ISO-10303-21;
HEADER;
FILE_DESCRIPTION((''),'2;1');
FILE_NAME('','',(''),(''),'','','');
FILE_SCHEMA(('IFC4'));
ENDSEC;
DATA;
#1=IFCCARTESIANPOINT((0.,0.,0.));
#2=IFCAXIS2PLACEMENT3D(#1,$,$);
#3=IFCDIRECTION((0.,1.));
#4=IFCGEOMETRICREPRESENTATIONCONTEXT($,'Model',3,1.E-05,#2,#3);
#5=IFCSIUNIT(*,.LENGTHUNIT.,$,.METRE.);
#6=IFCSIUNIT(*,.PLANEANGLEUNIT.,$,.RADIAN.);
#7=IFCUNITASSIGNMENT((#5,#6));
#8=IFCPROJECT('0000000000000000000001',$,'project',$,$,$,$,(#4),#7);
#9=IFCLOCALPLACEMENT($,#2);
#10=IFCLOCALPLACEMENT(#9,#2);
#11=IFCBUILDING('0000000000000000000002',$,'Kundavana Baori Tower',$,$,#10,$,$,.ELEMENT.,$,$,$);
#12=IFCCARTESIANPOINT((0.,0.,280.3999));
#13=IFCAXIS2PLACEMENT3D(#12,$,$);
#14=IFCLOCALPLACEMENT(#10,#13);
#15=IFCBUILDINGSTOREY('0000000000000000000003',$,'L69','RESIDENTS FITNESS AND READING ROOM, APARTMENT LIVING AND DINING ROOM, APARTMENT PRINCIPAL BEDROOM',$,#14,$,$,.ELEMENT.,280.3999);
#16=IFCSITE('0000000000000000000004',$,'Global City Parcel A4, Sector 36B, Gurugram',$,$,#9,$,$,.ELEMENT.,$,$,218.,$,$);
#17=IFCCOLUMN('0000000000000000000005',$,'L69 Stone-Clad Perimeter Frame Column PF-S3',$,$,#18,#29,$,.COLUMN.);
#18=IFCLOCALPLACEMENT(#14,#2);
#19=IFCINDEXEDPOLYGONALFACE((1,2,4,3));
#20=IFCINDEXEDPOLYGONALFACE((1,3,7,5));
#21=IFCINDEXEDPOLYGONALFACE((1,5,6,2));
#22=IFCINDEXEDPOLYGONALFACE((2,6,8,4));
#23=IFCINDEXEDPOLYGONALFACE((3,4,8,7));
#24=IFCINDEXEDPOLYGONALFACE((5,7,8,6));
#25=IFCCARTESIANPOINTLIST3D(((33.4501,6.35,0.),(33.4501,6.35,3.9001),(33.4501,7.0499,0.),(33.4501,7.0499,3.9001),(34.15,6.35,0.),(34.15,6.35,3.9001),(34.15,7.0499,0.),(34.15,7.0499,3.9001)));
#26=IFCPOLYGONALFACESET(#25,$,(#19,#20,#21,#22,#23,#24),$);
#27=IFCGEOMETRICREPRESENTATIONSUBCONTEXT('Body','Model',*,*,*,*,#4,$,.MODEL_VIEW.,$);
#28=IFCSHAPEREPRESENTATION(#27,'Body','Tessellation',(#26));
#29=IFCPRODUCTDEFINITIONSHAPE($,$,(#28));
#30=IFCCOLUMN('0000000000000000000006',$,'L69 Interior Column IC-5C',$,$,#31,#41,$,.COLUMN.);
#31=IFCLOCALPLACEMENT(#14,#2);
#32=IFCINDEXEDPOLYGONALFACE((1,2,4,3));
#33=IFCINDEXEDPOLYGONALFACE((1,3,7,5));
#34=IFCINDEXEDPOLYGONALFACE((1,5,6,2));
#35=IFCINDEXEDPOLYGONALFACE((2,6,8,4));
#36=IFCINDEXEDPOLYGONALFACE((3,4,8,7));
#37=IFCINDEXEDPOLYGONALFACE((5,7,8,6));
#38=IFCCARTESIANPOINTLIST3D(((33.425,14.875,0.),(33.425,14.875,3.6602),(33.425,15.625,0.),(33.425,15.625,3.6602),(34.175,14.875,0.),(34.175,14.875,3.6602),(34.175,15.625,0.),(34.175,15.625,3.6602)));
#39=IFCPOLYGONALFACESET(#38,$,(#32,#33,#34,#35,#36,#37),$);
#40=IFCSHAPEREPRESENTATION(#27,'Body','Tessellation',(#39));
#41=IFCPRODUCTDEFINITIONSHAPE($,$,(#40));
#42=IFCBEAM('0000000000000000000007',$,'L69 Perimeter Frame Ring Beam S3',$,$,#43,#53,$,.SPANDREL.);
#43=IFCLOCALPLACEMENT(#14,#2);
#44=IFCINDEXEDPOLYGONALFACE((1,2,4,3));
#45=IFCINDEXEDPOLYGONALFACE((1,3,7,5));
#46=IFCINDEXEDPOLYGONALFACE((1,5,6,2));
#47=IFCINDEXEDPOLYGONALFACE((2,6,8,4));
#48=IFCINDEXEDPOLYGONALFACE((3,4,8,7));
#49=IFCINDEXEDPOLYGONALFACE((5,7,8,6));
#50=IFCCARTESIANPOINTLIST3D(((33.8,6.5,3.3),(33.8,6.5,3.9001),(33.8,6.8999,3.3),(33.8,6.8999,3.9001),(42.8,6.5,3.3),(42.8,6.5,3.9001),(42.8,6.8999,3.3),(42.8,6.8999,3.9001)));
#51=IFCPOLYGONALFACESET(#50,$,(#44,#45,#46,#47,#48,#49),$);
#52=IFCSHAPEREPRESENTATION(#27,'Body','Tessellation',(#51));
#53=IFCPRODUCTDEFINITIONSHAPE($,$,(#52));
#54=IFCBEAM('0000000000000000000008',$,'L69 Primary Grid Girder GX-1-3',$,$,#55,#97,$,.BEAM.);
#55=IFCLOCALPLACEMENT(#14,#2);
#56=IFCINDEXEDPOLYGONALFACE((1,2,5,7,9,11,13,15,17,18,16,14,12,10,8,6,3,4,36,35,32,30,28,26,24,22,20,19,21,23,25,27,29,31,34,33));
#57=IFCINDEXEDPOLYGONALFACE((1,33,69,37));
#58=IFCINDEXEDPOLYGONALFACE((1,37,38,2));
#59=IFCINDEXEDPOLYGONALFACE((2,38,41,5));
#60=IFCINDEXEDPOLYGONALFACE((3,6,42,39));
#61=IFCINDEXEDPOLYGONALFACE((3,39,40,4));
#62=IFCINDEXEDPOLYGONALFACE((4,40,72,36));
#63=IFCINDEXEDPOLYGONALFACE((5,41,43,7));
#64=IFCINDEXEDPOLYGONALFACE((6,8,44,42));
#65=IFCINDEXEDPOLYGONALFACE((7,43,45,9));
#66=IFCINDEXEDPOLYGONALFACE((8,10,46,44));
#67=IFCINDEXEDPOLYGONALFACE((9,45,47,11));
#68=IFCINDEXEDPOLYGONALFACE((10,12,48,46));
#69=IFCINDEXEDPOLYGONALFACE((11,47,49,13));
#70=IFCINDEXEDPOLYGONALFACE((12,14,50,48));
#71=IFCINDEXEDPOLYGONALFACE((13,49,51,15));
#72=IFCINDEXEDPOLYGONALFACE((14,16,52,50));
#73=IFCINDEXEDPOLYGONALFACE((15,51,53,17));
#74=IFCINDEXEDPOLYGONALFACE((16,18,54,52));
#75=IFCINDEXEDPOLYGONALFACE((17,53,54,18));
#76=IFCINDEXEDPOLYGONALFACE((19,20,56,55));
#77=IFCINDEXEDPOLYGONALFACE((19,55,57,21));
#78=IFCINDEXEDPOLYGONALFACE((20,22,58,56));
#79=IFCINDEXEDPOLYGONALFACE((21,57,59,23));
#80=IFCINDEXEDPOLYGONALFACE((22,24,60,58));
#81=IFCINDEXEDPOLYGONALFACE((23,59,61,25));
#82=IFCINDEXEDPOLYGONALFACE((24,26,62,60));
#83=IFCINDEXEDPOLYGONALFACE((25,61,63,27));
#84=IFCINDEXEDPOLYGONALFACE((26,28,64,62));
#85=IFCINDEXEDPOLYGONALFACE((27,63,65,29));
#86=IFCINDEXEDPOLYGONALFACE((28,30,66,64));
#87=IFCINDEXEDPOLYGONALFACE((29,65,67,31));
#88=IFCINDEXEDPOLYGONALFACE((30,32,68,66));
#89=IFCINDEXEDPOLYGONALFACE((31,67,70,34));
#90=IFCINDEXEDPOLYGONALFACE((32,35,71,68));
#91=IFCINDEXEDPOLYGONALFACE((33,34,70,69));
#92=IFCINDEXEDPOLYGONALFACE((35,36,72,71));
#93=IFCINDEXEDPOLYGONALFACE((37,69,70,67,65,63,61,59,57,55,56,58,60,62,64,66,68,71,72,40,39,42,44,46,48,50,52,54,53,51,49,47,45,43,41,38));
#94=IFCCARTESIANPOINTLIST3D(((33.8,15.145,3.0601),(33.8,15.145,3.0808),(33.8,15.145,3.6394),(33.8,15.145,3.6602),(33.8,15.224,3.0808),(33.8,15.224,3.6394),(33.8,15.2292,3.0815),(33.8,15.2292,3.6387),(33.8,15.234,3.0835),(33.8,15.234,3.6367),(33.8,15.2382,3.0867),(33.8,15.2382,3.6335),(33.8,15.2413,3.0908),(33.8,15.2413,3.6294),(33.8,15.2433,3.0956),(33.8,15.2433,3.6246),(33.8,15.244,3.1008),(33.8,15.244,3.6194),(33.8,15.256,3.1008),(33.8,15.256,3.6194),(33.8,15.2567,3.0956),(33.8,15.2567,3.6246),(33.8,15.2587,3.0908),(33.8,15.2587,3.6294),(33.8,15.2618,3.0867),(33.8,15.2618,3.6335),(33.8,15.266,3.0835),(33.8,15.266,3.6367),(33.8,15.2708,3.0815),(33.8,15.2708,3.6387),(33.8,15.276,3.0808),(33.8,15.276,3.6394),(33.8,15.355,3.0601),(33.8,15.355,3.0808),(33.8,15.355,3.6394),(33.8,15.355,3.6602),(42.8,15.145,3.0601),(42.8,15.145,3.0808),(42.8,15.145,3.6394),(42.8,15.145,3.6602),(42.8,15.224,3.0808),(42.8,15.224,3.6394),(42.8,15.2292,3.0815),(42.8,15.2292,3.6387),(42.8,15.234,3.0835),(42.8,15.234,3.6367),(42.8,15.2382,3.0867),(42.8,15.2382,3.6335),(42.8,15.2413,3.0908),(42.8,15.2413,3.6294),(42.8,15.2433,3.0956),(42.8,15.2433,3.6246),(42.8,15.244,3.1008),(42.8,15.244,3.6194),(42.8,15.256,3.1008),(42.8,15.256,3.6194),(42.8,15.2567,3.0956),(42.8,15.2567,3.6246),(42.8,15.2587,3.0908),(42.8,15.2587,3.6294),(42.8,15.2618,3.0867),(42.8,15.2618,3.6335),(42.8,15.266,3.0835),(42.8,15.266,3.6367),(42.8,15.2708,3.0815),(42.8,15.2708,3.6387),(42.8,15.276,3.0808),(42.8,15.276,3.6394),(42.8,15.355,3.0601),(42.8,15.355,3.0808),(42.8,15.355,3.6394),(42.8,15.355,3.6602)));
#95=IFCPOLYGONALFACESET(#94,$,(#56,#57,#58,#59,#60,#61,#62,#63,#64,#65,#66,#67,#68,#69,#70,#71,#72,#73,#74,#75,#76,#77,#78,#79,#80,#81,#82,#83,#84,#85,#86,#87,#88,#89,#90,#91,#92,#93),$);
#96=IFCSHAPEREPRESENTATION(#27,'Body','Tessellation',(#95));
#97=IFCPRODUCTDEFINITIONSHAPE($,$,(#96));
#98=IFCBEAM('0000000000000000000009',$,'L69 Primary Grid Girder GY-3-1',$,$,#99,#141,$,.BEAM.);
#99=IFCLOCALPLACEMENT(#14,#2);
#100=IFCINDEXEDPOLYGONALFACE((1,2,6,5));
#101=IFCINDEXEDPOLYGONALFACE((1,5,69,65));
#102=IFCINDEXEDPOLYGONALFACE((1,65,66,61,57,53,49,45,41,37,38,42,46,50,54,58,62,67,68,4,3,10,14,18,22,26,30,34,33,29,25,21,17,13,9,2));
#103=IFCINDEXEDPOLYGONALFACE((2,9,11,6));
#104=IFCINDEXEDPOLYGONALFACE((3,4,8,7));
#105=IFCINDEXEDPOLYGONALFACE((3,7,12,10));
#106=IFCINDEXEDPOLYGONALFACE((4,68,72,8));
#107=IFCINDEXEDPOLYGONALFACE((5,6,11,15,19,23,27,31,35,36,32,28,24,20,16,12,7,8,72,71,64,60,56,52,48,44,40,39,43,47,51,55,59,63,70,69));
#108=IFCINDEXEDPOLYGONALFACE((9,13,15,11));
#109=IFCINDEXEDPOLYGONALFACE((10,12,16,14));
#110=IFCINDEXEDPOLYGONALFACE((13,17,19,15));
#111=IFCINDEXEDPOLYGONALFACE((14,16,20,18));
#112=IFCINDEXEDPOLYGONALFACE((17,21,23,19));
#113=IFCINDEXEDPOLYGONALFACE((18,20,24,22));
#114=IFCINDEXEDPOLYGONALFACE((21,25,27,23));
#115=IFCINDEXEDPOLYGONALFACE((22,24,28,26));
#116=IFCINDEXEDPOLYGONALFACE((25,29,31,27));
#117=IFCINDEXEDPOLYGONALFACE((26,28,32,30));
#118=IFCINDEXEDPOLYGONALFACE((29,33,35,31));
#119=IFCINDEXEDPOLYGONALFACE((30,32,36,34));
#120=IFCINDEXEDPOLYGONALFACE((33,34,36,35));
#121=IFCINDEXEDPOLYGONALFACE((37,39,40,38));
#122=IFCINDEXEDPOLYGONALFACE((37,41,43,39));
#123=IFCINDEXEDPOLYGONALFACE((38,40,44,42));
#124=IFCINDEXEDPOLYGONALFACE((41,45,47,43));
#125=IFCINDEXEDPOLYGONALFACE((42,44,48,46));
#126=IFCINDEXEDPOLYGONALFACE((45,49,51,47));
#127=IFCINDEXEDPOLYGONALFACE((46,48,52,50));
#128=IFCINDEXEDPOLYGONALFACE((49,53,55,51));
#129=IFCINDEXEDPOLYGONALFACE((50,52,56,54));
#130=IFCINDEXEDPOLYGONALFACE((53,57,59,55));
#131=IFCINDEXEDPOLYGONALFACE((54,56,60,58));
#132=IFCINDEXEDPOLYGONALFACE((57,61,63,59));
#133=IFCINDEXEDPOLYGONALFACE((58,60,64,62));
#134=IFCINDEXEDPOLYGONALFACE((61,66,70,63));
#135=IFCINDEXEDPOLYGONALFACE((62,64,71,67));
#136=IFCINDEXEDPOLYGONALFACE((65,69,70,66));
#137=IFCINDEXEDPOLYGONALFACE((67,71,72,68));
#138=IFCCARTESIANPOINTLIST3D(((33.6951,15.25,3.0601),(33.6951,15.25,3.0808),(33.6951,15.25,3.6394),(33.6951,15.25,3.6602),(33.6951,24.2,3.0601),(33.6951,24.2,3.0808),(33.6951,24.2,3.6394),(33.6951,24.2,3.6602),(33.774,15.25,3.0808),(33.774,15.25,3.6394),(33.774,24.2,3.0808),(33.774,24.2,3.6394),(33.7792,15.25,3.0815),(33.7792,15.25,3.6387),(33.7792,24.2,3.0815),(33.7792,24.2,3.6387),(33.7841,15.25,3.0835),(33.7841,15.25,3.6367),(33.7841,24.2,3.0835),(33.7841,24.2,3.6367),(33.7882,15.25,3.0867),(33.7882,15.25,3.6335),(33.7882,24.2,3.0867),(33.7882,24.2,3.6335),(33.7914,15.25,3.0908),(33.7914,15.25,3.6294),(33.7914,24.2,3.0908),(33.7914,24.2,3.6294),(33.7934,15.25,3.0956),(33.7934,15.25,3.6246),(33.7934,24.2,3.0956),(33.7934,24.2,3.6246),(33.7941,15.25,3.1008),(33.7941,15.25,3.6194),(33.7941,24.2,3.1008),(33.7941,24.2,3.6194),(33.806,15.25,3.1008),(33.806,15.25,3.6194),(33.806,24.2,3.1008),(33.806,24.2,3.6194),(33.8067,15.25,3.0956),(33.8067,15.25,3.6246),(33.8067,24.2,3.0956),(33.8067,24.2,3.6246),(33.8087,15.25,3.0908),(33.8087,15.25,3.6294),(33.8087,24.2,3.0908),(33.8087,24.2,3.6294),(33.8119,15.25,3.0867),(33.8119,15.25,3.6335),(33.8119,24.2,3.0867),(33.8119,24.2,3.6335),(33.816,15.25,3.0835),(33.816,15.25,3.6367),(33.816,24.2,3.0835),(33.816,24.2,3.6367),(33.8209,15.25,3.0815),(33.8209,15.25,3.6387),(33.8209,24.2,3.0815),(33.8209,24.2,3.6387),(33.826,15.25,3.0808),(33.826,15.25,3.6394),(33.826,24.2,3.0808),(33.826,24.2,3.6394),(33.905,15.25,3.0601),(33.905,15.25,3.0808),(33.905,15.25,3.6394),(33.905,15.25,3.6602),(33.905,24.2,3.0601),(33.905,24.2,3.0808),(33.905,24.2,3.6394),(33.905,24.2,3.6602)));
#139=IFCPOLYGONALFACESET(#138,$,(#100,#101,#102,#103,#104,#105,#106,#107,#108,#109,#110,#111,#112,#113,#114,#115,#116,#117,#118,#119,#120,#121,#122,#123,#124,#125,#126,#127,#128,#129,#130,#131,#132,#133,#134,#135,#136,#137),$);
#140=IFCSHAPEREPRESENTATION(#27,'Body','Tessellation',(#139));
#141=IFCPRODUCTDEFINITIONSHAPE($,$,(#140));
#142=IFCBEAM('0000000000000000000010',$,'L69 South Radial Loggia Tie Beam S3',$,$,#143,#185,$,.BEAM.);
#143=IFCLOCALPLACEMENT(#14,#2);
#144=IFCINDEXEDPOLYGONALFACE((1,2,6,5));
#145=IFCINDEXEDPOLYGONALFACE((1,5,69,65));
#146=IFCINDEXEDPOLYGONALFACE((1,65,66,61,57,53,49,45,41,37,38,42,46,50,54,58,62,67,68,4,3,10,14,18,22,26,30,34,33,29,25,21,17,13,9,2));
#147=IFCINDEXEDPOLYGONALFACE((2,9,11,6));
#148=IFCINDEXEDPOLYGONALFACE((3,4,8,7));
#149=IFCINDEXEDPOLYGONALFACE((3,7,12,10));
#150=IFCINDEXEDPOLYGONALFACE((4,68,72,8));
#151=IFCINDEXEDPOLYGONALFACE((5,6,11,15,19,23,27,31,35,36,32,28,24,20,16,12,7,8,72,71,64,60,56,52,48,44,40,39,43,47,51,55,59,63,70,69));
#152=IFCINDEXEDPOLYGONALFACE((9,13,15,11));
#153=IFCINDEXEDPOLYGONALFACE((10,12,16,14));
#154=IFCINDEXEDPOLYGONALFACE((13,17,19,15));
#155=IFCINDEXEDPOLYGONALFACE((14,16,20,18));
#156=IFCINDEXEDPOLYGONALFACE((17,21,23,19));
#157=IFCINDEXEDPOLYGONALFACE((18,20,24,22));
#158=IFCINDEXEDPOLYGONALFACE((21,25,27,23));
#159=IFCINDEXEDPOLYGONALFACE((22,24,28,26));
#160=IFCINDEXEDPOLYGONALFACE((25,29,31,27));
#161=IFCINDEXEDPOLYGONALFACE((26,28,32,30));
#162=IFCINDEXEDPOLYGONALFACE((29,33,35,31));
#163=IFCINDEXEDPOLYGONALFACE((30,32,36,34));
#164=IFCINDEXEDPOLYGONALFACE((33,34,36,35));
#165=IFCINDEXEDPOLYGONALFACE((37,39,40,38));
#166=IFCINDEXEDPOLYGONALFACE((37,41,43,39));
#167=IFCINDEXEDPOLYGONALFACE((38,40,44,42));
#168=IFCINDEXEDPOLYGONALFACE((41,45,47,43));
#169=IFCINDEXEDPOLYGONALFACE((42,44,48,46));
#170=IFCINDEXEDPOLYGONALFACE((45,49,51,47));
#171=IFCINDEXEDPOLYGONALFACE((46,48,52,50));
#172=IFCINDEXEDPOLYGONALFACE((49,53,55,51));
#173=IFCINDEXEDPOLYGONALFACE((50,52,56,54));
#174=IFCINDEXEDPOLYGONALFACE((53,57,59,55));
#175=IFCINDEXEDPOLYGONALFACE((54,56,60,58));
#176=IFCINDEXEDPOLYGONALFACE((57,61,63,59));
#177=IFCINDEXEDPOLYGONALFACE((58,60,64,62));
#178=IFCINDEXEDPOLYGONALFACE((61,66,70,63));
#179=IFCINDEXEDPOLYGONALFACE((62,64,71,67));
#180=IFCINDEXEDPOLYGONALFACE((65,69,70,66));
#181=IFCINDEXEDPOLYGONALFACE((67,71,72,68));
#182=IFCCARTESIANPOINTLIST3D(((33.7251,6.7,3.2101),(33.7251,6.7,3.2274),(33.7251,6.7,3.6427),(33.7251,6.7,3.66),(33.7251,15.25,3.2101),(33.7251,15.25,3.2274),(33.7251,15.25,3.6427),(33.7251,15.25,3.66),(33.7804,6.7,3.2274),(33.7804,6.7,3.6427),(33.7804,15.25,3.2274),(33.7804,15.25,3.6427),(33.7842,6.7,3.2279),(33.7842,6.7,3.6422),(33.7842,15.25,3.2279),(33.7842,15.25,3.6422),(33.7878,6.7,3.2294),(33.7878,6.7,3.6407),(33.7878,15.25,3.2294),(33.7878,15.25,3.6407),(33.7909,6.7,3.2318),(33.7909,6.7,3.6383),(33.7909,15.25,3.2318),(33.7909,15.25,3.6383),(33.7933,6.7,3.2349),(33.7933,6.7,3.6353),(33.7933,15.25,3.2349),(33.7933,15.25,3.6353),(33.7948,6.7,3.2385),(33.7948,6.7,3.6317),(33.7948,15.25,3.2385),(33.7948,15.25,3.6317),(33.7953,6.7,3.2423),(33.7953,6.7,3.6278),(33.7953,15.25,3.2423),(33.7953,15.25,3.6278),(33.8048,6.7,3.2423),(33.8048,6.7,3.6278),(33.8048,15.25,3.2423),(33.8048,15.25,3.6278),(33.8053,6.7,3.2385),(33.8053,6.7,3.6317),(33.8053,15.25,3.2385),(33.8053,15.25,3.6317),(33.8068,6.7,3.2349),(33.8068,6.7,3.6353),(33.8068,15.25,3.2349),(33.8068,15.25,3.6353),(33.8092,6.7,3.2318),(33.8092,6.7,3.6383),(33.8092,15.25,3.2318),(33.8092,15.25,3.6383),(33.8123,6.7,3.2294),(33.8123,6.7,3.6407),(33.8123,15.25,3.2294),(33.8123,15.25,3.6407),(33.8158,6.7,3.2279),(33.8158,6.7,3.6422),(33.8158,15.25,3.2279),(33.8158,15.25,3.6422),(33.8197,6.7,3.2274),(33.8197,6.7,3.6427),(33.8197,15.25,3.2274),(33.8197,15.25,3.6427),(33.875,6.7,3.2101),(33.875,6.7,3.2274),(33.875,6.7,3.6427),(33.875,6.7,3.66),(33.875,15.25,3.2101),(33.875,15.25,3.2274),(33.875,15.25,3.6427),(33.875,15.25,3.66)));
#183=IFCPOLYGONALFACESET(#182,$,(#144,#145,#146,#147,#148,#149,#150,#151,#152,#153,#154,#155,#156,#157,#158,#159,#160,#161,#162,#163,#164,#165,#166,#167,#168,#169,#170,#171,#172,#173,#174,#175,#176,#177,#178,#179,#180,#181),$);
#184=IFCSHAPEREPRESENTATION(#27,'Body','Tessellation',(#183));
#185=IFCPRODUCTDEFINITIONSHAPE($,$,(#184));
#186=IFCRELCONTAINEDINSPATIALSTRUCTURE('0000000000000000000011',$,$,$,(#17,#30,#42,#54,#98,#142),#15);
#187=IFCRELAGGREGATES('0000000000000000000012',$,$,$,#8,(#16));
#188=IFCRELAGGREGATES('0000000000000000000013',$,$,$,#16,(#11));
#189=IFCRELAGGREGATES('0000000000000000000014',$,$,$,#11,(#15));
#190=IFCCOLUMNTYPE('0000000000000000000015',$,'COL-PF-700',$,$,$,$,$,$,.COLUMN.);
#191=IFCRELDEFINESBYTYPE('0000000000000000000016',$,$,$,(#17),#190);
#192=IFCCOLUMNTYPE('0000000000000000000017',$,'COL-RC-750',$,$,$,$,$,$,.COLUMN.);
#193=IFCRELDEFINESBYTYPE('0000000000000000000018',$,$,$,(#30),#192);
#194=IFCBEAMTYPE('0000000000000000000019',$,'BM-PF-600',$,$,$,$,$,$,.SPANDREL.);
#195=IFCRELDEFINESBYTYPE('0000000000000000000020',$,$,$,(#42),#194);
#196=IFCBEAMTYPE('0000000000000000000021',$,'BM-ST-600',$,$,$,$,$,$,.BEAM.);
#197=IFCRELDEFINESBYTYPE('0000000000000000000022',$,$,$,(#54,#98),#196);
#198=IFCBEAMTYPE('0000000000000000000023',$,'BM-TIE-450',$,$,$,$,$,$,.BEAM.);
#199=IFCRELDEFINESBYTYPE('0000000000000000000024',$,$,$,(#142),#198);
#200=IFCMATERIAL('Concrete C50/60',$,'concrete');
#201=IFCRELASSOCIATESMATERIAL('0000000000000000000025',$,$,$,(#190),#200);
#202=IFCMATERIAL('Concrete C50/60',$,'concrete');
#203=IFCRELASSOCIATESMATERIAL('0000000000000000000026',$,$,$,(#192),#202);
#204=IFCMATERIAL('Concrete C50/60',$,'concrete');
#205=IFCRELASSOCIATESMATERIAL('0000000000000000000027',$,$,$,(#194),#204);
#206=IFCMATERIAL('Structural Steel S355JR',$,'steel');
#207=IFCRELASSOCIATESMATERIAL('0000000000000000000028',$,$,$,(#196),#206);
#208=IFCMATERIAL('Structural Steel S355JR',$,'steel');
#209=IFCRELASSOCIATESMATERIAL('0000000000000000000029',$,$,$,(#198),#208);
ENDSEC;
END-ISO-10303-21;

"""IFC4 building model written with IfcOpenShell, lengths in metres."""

from ifc_helpers import new_model, si_unit, direction, frame, origin, origin_2d, place, context, subcontext, project, spatial, rectangle, i_section, extrude, material, material_profile, profile_set, type_object, element, save


model = new_model("IFC4")

# Units and contexts
model_context = context("Model", 3, precision=1e-05, world=origin(), true_north=direction((0.0, 1.0)))
body_context = subcontext(model_context, "Body", "Model", "MODEL_VIEW")
ifc_project = project(units=[si_unit("LENGTHUNIT", "METRE"), si_unit("PLANEANGLEUNIT", "RADIAN")], contexts=[model_context])

# Site, building, storey
site_placement = place(None, origin())
site = spatial("IfcSite", under=ifc_project, at=site_placement, Name="Global City Parcel A4, Sector 36B, Gurugram", CompositionType="ELEMENT", RefElevation=218.0)
building_placement = place(site_placement, origin())
building = spatial("IfcBuilding", under=site, at=building_placement, Name="Kundavana Baori Tower", CompositionType="ELEMENT")
storey_placement = place(building_placement, frame((0.0, 0.0, 280.3999)))
storey = spatial("IfcBuildingStorey", under=building, at=storey_placement, Name="L69", Description="RESIDENTS FITNESS AND READING ROOM, APARTMENT LIVING AND DINING ROOM, APARTMENT PRINCIPAL BEDROOM", CompositionType="ELEMENT", Elevation=280.3999)

# Columns
ifc_material_1 = material(Name="Concrete C50/60", Category="concrete")
ifc_material_profile_1 = material_profile(ifc_material_1, rectangle(XDim=0.7, YDim=0.7, at=origin_2d()), Name="RC PF 700x700")
ifc_profile_set_1 = profile_set([ifc_material_profile_1], Name="Concrete C50/60")
column_type_1 = type_object("IfcColumnType", Name="COL-PF-700", PredefinedType="COLUMN", material=ifc_profile_set_1)
column_1_placement = place(storey_placement, frame((33.8, 6.7, 0.0), z_axis=(0.0, 0.0, 1.0), x_axis=(1.0, 0.0, 0.0)))
element("IfcColumn", 1, at=column_1_placement, inside=storey, type_object=column_type_1, Name="L69 Stone-Clad Perimeter Frame Column PF-S3", PredefinedType="COLUMN", context=body_context, shape_type="SweptSolid", body=[
    extrude(rectangle(XDim=0.7, YDim=0.7, at=origin_2d()), origin(), (0.0, 0.0, 1.0), 3.9001),
])
ifc_material_2 = material(Name="Concrete C50/60", Category="concrete")
ifc_material_profile_2 = material_profile(ifc_material_2, rectangle(XDim=0.75, YDim=0.75, at=origin_2d()), Name="RC 750x750")
ifc_profile_set_2 = profile_set([ifc_material_profile_2], Name="Concrete C50/60")
column_type_2 = type_object("IfcColumnType", Name="COL-RC-750", PredefinedType="COLUMN", material=ifc_profile_set_2)
column_2_placement = place(storey_placement, frame((33.8, 15.25, 0.0), z_axis=(0.0, 0.0, 1.0), x_axis=(1.0, 0.0, 0.0)))
element("IfcColumn", 2, at=column_2_placement, inside=storey, type_object=column_type_2, Name="L69 Interior Column IC-5C", PredefinedType="COLUMN", context=body_context, shape_type="SweptSolid", body=[
    extrude(rectangle(XDim=0.75, YDim=0.75, at=origin_2d()), origin(), (0.0, 0.0, 1.0), 3.6602),
])

# Beams
ifc_material_3 = material(Name="Concrete C50/60", Category="concrete")
ifc_material_profile_3 = material_profile(ifc_material_3, rectangle(XDim=0.3999, YDim=0.6001, at=origin_2d()), Name="RC BM 400x600")
ifc_profile_set_3 = profile_set([ifc_material_profile_3], Name="Concrete C50/60")
beam_type_1 = type_object("IfcBeamType", Name="BM-PF-600", PredefinedType="SPANDREL", material=ifc_profile_set_3)
beam_1_placement = place(storey_placement, frame((33.8, 6.7, 3.6001), z_axis=(1.0, 0.0, 0.0), x_axis=(0.0, 1.0, 0.0)))
element("IfcBeam", 3, at=beam_1_placement, inside=storey, type_object=beam_type_1, Name="L69 Perimeter Frame Ring Beam S3", PredefinedType="SPANDREL", context=body_context, shape_type="SweptSolid", body=[
    extrude(rectangle(XDim=0.3999, YDim=0.6001, at=origin_2d()), origin(), (0.0, 0.0, 1.0), 9.0),
])
ifc_material_4 = material(Name="Structural Steel S355JR", Category="steel")
ifc_material_profile_4 = material_profile(ifc_material_4, i_section(OverallWidth=0.21, OverallDepth=0.6001, WebThickness=0.012, FlangeThickness=0.0208, FilletRadius=0.02, at=origin_2d()), Name="ISMB 600")
ifc_profile_set_4 = profile_set([ifc_material_profile_4], Name="Structural Steel S355JR")
beam_type_2 = type_object("IfcBeamType", Name="BM-ST-600", PredefinedType="BEAM", material=ifc_profile_set_4)
beam_2_placement = place(storey_placement, frame((33.8, 15.25, 3.3601), z_axis=(1.0, 0.0, 0.0), x_axis=(0.0, 1.0, 0.0)))
element("IfcBeam", 4, at=beam_2_placement, inside=storey, type_object=beam_type_2, Name="L69 Primary Grid Girder GX-1-3", PredefinedType="BEAM", context=body_context, shape_type="SweptSolid", body=[
    extrude(i_section(OverallWidth=0.21, OverallDepth=0.6001, WebThickness=0.012, FlangeThickness=0.0208, FilletRadius=0.02, at=origin_2d()), origin(), (0.0, 0.0, 1.0), 9.0),
])
beam_3_placement = place(storey_placement, frame((33.8, 15.25, 3.3601), z_axis=(0.0, 1.0, 0.0), x_axis=(-1.0, 0.0, 0.0)))
element("IfcBeam", 5, at=beam_3_placement, inside=storey, type_object=beam_type_2, Name="L69 Primary Grid Girder GY-3-1", PredefinedType="BEAM", context=body_context, shape_type="SweptSolid", body=[
    extrude(i_section(OverallWidth=0.21, OverallDepth=0.6001, WebThickness=0.012, FlangeThickness=0.0208, FilletRadius=0.02, at=origin_2d()), origin(), (0.0, 0.0, 1.0), 8.95),
])
ifc_material_5 = material(Name="Structural Steel S355JR", Category="steel")
ifc_material_profile_5 = material_profile(ifc_material_5, i_section(OverallWidth=0.1499, OverallDepth=0.45, WebThickness=0.0095, FlangeThickness=0.0173, FilletRadius=0.0149, at=origin_2d()), Name="ISMB 450")
ifc_profile_set_5 = profile_set([ifc_material_profile_5], Name="Structural Steel S355JR")
beam_type_3 = type_object("IfcBeamType", Name="BM-TIE-450", PredefinedType="BEAM", material=ifc_profile_set_5)
beam_4_placement = place(storey_placement, frame((33.8, 15.25, 3.4351), z_axis=(0.0, -1.0, 0.0), x_axis=(1.0, 0.0, 0.0)))
element("IfcBeam", 6, at=beam_4_placement, inside=storey, type_object=beam_type_3, Name="L69 South Radial Loggia Tie Beam S3", PredefinedType="BEAM", context=body_context, shape_type="SweptSolid", body=[
    extrude(i_section(OverallWidth=0.1499, OverallDepth=0.45, WebThickness=0.0095, FlangeThickness=0.0173, FilletRadius=0.0149, at=origin_2d()), origin(), (0.0, 0.0, 1.0), 8.55),
])

save(model, "model.ifc")
